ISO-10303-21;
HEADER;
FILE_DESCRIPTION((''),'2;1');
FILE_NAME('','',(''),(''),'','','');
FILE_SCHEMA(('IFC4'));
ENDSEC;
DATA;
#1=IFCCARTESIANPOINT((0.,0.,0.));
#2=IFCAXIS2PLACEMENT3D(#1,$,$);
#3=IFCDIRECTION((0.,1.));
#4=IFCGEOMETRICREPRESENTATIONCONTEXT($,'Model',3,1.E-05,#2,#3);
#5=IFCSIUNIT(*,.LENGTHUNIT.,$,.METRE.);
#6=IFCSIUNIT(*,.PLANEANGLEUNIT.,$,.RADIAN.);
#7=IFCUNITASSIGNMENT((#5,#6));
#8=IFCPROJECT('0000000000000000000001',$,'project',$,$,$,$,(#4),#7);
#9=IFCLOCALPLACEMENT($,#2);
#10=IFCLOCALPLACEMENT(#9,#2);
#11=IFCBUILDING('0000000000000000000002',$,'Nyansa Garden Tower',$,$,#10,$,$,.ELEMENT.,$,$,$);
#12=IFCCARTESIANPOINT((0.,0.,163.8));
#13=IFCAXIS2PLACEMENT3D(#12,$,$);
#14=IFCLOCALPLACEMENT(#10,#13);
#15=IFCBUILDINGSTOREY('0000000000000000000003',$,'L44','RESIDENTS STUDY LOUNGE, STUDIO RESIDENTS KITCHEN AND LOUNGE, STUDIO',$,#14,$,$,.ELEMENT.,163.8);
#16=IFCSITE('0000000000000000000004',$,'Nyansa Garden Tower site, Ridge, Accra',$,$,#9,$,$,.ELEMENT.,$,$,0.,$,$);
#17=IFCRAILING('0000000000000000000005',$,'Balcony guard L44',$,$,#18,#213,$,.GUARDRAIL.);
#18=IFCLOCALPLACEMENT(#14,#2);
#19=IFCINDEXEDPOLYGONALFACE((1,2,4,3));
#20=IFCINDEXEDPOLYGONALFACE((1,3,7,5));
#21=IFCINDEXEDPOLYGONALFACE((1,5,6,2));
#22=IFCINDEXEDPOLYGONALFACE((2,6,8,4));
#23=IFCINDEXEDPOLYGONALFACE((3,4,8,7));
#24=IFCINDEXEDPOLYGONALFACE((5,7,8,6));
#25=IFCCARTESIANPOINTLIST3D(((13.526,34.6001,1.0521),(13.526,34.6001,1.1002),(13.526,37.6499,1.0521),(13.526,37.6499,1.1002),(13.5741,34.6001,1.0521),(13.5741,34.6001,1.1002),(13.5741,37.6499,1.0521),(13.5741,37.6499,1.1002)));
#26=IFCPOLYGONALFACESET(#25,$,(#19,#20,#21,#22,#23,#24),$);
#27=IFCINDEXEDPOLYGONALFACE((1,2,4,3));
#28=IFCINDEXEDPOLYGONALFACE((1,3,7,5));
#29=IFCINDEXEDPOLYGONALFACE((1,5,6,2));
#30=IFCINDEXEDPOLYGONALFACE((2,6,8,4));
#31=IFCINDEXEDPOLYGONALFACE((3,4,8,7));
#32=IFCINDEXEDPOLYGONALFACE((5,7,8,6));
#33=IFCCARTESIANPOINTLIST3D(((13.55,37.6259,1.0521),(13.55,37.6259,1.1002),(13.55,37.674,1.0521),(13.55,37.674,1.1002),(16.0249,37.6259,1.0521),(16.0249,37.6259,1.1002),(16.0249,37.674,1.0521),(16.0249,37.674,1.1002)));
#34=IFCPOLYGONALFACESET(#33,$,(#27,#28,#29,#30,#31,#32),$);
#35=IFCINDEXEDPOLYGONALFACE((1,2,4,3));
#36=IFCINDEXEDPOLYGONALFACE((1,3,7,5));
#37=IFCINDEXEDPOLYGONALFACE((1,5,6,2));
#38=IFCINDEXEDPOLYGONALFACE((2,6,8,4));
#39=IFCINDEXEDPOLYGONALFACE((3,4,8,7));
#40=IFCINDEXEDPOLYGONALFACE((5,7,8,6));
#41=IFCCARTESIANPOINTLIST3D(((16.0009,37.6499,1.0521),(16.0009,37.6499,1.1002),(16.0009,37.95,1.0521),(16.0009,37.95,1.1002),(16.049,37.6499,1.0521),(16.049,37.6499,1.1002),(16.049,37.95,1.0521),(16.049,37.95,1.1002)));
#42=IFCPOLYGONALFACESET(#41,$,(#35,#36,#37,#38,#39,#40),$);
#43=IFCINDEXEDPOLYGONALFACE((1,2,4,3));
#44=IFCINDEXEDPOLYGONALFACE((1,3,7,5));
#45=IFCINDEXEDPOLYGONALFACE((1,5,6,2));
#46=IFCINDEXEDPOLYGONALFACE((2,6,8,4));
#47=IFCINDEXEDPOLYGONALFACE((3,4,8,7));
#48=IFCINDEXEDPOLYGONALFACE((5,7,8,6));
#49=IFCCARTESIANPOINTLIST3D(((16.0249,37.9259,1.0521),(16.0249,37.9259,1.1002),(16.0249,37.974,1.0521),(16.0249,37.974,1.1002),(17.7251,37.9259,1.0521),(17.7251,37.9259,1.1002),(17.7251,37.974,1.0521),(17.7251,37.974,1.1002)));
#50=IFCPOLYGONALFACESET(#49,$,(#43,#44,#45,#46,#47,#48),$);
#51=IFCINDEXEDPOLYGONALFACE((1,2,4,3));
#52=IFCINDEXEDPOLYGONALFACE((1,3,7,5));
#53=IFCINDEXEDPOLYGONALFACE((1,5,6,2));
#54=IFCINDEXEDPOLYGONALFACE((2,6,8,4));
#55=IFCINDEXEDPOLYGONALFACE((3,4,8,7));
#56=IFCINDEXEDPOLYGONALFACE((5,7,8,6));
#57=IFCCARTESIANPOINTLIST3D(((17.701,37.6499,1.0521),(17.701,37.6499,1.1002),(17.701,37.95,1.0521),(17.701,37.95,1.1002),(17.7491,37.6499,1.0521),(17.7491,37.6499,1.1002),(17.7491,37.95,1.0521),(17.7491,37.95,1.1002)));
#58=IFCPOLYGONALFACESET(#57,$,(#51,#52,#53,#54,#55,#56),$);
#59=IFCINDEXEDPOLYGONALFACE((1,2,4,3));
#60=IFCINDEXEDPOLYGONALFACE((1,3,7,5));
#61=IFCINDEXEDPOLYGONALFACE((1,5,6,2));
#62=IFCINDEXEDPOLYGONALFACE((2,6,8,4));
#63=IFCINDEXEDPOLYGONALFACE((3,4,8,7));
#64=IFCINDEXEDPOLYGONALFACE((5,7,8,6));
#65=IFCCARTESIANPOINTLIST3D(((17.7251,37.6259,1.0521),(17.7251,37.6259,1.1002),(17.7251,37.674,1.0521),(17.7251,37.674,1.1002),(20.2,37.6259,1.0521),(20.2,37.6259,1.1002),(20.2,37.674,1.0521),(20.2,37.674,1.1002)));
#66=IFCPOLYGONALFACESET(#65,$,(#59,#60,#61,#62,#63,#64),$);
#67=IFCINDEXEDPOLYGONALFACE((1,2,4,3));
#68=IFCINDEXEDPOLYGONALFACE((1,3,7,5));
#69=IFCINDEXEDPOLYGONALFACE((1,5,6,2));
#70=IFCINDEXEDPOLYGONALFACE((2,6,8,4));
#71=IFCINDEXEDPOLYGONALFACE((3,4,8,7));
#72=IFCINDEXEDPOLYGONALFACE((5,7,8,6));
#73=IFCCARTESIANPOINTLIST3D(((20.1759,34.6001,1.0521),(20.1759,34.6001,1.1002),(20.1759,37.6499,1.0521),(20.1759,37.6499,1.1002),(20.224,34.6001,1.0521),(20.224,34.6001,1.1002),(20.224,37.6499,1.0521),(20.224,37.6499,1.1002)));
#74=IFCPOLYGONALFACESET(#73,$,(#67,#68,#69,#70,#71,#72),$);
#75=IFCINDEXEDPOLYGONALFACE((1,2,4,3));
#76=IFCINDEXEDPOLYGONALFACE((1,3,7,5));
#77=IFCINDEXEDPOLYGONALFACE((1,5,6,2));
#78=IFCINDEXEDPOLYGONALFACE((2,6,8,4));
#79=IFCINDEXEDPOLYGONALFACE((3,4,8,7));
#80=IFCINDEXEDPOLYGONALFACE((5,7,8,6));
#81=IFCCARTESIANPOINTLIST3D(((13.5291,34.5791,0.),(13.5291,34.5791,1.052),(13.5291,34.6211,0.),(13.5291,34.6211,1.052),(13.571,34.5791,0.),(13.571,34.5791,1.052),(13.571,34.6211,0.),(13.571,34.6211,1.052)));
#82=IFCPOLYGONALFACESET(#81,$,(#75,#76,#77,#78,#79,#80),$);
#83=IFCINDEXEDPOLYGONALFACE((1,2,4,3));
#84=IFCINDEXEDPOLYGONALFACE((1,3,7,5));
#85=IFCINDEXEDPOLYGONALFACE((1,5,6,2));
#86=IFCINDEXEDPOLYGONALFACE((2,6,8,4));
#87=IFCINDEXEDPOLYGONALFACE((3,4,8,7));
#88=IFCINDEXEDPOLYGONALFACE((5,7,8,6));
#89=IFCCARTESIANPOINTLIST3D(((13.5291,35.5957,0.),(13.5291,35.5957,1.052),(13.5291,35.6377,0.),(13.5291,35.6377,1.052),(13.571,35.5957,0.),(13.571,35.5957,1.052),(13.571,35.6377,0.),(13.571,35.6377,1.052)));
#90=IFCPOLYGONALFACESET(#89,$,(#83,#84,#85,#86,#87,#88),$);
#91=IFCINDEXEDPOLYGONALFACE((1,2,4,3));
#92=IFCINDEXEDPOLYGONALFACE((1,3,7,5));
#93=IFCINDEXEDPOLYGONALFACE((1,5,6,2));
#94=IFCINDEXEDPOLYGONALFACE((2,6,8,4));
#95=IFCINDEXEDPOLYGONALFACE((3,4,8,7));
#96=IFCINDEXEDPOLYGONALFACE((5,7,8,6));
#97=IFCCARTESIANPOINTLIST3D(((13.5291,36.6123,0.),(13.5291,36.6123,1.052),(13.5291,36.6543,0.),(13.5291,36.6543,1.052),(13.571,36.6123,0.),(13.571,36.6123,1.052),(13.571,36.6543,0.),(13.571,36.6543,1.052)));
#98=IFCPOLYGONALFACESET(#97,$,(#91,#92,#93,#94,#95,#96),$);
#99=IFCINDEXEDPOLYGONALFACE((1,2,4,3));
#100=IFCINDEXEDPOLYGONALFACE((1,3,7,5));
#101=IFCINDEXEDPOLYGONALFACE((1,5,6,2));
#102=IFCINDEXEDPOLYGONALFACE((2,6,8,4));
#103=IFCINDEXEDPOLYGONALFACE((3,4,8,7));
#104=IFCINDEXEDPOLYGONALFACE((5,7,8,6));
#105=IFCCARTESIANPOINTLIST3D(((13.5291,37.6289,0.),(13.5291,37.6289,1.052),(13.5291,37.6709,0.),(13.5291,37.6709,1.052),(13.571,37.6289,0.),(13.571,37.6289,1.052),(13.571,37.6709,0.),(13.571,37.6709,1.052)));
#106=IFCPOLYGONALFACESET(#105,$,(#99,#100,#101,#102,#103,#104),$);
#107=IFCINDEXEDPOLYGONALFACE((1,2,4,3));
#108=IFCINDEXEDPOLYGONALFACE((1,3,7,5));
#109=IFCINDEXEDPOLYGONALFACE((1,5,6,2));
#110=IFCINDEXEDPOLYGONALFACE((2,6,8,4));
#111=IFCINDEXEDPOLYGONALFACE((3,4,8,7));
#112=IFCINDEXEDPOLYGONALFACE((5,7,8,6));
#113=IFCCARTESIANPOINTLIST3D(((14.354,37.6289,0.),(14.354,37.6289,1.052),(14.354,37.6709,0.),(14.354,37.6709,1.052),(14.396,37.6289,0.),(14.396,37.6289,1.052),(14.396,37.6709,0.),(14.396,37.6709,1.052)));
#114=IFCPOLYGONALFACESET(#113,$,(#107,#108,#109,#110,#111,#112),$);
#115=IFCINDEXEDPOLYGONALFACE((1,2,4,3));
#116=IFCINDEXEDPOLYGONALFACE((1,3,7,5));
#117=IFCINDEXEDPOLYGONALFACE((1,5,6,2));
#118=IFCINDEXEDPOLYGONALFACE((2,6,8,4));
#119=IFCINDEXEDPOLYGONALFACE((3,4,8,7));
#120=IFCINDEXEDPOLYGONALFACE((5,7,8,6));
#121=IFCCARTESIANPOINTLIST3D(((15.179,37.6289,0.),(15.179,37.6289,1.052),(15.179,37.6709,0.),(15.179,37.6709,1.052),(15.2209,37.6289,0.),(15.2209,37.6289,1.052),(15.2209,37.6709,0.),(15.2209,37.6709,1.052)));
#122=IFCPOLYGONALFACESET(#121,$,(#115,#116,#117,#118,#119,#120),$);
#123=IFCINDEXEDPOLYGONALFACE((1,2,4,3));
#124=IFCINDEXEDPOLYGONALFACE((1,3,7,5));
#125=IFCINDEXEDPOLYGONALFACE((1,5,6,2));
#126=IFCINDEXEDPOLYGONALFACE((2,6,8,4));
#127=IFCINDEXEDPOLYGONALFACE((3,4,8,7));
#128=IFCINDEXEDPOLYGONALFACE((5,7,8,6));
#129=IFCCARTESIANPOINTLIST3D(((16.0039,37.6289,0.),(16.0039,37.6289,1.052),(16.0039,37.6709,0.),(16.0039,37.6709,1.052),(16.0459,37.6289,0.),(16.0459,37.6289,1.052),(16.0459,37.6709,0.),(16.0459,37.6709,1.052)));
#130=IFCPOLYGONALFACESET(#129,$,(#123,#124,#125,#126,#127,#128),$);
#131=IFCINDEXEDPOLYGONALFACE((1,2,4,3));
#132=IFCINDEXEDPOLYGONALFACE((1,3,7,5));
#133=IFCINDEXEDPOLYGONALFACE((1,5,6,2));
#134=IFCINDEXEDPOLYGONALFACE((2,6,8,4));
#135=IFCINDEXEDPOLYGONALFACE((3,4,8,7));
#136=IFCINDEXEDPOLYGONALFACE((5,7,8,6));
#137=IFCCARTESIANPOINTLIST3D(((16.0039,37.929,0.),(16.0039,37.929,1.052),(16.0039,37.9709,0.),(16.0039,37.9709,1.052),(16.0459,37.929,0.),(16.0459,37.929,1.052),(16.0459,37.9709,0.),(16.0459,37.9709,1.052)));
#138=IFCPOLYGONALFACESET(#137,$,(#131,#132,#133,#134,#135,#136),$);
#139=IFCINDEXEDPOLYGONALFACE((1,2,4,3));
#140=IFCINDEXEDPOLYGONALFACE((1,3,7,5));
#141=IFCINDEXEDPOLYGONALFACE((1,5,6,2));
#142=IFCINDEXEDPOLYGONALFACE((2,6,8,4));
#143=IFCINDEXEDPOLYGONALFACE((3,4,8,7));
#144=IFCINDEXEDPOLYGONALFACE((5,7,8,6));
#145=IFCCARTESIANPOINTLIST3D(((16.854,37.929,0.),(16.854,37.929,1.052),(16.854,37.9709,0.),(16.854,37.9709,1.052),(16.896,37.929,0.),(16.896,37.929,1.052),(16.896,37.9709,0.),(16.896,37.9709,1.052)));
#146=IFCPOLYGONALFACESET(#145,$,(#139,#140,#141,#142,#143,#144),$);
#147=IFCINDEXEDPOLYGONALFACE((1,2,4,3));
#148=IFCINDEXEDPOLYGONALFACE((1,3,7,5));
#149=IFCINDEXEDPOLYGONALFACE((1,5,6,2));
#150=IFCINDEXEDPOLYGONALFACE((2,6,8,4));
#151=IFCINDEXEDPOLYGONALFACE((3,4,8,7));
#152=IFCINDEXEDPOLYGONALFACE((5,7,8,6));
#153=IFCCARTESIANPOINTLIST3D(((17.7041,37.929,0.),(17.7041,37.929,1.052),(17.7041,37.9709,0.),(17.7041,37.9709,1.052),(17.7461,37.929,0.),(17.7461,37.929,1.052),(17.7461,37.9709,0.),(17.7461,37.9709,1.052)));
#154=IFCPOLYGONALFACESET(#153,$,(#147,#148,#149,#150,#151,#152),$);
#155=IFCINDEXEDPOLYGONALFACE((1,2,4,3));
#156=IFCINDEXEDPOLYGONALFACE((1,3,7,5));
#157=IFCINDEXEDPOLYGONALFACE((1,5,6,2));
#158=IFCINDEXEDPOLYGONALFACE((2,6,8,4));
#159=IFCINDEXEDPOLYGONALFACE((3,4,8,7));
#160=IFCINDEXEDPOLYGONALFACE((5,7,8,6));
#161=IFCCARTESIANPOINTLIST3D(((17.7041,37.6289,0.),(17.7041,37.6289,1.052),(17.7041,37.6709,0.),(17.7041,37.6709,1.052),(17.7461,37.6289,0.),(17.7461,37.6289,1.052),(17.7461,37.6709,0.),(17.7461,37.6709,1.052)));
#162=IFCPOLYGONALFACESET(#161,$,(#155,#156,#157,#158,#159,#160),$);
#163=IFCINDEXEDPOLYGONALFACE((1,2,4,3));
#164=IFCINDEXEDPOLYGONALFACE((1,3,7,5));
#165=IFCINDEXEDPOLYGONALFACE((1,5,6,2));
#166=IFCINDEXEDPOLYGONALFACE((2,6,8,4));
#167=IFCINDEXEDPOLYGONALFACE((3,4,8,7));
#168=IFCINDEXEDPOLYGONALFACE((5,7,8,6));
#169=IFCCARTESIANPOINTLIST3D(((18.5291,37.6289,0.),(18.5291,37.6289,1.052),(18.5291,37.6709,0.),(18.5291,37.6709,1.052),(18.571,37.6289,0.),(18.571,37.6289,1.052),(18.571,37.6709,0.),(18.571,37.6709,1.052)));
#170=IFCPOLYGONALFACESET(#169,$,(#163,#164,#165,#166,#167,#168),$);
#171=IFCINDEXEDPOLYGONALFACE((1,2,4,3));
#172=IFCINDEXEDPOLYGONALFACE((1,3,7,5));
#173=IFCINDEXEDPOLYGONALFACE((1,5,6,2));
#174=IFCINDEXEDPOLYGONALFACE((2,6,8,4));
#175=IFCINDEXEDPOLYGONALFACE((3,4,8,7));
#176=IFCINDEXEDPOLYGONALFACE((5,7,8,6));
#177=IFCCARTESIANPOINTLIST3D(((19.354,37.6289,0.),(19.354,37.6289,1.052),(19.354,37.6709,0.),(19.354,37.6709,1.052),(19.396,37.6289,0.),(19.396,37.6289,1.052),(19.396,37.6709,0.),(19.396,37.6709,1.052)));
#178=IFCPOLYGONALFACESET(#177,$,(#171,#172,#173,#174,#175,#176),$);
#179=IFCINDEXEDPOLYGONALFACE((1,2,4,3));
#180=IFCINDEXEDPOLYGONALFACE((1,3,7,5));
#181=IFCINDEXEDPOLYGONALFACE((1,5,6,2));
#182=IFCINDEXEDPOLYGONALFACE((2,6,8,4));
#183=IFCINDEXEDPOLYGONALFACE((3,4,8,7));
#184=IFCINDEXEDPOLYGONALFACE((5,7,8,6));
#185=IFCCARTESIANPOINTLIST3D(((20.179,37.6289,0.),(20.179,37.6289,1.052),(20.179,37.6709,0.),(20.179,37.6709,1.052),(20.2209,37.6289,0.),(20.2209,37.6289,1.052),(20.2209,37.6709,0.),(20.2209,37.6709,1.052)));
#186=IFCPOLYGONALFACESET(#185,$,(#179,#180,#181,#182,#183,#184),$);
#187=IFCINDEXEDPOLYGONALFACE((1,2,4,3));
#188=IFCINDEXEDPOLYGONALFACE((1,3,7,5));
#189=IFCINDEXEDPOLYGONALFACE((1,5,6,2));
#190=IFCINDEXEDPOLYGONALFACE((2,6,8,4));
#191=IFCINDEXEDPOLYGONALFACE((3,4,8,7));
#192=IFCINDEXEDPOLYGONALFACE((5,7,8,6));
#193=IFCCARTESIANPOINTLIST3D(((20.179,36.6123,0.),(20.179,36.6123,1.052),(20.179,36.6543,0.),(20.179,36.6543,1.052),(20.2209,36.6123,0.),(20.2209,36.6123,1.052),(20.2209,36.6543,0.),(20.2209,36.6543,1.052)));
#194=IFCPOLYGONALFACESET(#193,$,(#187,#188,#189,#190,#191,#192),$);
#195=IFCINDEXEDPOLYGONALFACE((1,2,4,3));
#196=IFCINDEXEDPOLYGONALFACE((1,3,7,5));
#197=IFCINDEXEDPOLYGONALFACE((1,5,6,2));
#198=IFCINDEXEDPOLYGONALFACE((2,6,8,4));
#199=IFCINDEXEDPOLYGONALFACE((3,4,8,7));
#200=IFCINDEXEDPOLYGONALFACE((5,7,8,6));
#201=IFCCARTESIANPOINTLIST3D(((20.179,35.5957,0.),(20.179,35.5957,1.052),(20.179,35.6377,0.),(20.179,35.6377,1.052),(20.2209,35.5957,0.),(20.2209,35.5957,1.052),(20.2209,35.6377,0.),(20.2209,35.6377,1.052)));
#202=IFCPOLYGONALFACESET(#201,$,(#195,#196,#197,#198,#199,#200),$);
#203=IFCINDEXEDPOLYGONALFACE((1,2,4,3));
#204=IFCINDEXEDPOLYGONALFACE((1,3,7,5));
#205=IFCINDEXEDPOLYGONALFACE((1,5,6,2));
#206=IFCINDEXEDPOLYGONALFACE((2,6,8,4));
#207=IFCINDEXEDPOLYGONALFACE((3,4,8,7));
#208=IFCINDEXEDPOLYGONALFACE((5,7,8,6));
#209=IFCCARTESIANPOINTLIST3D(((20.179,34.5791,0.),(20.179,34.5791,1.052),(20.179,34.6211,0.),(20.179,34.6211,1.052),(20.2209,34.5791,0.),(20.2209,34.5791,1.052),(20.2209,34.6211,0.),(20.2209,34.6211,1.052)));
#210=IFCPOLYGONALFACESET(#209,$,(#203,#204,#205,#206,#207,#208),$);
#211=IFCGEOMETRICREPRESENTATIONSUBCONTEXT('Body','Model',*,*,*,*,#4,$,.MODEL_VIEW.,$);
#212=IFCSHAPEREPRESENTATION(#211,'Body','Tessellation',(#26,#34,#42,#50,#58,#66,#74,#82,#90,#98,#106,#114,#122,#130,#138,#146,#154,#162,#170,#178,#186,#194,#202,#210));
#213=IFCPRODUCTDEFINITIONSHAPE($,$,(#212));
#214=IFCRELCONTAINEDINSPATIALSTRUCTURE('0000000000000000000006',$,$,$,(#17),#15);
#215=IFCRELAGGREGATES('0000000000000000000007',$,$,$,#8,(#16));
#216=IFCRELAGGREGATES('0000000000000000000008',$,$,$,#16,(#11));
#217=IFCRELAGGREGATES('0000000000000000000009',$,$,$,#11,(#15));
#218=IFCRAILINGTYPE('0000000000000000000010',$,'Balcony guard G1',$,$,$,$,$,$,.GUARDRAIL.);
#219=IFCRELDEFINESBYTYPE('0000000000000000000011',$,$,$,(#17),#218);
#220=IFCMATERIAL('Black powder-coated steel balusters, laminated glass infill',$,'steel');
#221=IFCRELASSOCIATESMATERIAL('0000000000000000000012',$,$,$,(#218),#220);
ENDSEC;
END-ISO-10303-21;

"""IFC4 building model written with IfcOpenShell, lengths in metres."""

from ifc_helpers import new_model, si_unit, direction, frame, origin, origin_2d, place, context, subcontext, project, spatial, rectangle, extrude, material, type_object, element, save


model = new_model("IFC4")

# Units and contexts
model_context = context("Model", 3, precision=1e-05, world=origin(), true_north=direction((0.0, 1.0)))
body_context = subcontext(model_context, "Body", "Model", "MODEL_VIEW")
ifc_project = project(units=[si_unit("LENGTHUNIT", "METRE"), si_unit("PLANEANGLEUNIT", "RADIAN")], contexts=[model_context])

# Site, building, storey
site_placement = place(None, origin())
site = spatial("IfcSite", under=ifc_project, at=site_placement, Name="Nyansa Garden Tower site, Ridge, Accra", CompositionType="ELEMENT", RefElevation=0.0)
building_placement = place(site_placement, origin())
building = spatial("IfcBuilding", under=site, at=building_placement, Name="Nyansa Garden Tower", CompositionType="ELEMENT")
storey_placement = place(building_placement, frame((0.0, 0.0, 163.8)))
storey = spatial("IfcBuildingStorey", under=building, at=storey_placement, Name="L44", Description="RESIDENTS STUDY LOUNGE, STUDIO RESIDENTS KITCHEN AND LOUNGE, STUDIO", CompositionType="ELEMENT", Elevation=163.8)

# Railing
ifc_material_1 = material(Name="Black powder-coated steel balusters, laminated glass infill", Category="steel")
railing_type = type_object("IfcRailingType", Name="Balcony guard G1", PredefinedType="GUARDRAIL", material=ifc_material_1)
railing_placement = place(storey_placement, frame((13.55, 34.6001, 0.0)))
element("IfcRailing", 1, at=railing_placement, inside=storey, type_object=railing_type, Name="Balcony guard L44", PredefinedType="GUARDRAIL", context=body_context, shape_type="SweptSolid", body=[
    extrude(rectangle(XDim=0.0481, YDim=0.0481, at=origin_2d()), frame((0.0, 0.0, 1.0762), z_axis=(0.0, 1.0, 0.0), x_axis=(-1.0, 0.0, 0.0)), (0.0, 0.0, 1.0), 3.0498),
    extrude(rectangle(XDim=0.0481, YDim=0.0481, at=origin_2d()), frame((0.0, 3.0498, 1.0762), z_axis=(1.0, 0.0, 0.0), x_axis=(0.0, 1.0, 0.0)), (0.0, 0.0, 1.0), 2.4749),
    extrude(rectangle(XDim=0.0481, YDim=0.0481, at=origin_2d()), frame((2.4749, 3.0498, 1.0762), z_axis=(0.0, 1.0, 0.0), x_axis=(-1.0, 0.0, 0.0)), (0.0, 0.0, 1.0), 0.3),
    extrude(rectangle(XDim=0.0481, YDim=0.0481, at=origin_2d()), frame((2.4749, 3.3499, 1.0762), z_axis=(1.0, 0.0, 0.0), x_axis=(0.0, 1.0, 0.0)), (0.0, 0.0, 1.0), 1.7002),
    extrude(rectangle(XDim=0.0481, YDim=0.0481, at=origin_2d()), frame((4.175, 3.3499, 1.0762), z_axis=(0.0, -1.0, 0.0), x_axis=(1.0, 0.0, 0.0)), (0.0, 0.0, 1.0), 0.3),
    extrude(rectangle(XDim=0.0481, YDim=0.0481, at=origin_2d()), frame((4.175, 3.0498, 1.0762), z_axis=(1.0, 0.0, 0.0), x_axis=(0.0, 1.0, 0.0)), (0.0, 0.0, 1.0), 2.4749),
    extrude(rectangle(XDim=0.0481, YDim=0.0481, at=origin_2d()), frame((6.6499, 3.0498, 1.0762), z_axis=(0.0, -1.0, 0.0), x_axis=(1.0, 0.0, 0.0)), (0.0, 0.0, 1.0), 3.0498),
    extrude(rectangle(XDim=0.042, YDim=0.042, at=origin_2d()), origin(), (0.0, 0.0, 1.0), 1.052),
    extrude(rectangle(XDim=0.042, YDim=0.042, at=origin_2d()), frame((0.0, 1.0166, 0.0)), (0.0, 0.0, 1.0), 1.052),
    extrude(rectangle(XDim=0.042, YDim=0.042, at=origin_2d()), frame((0.0, 2.0332, 0.0)), (0.0, 0.0, 1.0), 1.052),
    extrude(rectangle(XDim=0.042, YDim=0.042, at=origin_2d()), frame((0.0, 3.0498, 0.0)), (0.0, 0.0, 1.0), 1.052),
    extrude(rectangle(XDim=0.042, YDim=0.042, at=origin_2d()), frame((0.825, 3.0498, 0.0)), (0.0, 0.0, 1.0), 1.052),
    extrude(rectangle(XDim=0.042, YDim=0.042, at=origin_2d()), frame((1.6499, 3.0498, 0.0)), (0.0, 0.0, 1.0), 1.052),
    extrude(rectangle(XDim=0.042, YDim=0.042, at=origin_2d()), frame((2.4749, 3.0498, 0.0)), (0.0, 0.0, 1.0), 1.052),
    extrude(rectangle(XDim=0.042, YDim=0.042, at=origin_2d()), frame((2.4749, 3.3499, 0.0)), (0.0, 0.0, 1.0), 1.052),
    extrude(rectangle(XDim=0.042, YDim=0.042, at=origin_2d()), frame((3.325, 3.3499, 0.0)), (0.0, 0.0, 1.0), 1.052),
    extrude(rectangle(XDim=0.042, YDim=0.042, at=origin_2d()), frame((4.175, 3.3499, 0.0)), (0.0, 0.0, 1.0), 1.052),
    extrude(rectangle(XDim=0.042, YDim=0.042, at=origin_2d()), frame((4.175, 3.0498, 0.0)), (0.0, 0.0, 1.0), 1.052),
    extrude(rectangle(XDim=0.042, YDim=0.042, at=origin_2d()), frame((5.0, 3.0498, 0.0)), (0.0, 0.0, 1.0), 1.052),
    extrude(rectangle(XDim=0.042, YDim=0.042, at=origin_2d()), frame((5.825, 3.0498, 0.0)), (0.0, 0.0, 1.0), 1.052),
    extrude(rectangle(XDim=0.042, YDim=0.042, at=origin_2d()), frame((6.6499, 3.0498, 0.0)), (0.0, 0.0, 1.0), 1.052),
    extrude(rectangle(XDim=0.042, YDim=0.042, at=origin_2d()), frame((6.6499, 2.0332, 0.0)), (0.0, 0.0, 1.0), 1.052),
    extrude(rectangle(XDim=0.042, YDim=0.042, at=origin_2d()), frame((6.6499, 1.0166, 0.0)), (0.0, 0.0, 1.0), 1.052),
    extrude(rectangle(XDim=0.042, YDim=0.042, at=origin_2d()), frame((6.6499, 0.0, 0.0)), (0.0, 0.0, 1.0), 1.052),
])

save(model, "model.ifc")
